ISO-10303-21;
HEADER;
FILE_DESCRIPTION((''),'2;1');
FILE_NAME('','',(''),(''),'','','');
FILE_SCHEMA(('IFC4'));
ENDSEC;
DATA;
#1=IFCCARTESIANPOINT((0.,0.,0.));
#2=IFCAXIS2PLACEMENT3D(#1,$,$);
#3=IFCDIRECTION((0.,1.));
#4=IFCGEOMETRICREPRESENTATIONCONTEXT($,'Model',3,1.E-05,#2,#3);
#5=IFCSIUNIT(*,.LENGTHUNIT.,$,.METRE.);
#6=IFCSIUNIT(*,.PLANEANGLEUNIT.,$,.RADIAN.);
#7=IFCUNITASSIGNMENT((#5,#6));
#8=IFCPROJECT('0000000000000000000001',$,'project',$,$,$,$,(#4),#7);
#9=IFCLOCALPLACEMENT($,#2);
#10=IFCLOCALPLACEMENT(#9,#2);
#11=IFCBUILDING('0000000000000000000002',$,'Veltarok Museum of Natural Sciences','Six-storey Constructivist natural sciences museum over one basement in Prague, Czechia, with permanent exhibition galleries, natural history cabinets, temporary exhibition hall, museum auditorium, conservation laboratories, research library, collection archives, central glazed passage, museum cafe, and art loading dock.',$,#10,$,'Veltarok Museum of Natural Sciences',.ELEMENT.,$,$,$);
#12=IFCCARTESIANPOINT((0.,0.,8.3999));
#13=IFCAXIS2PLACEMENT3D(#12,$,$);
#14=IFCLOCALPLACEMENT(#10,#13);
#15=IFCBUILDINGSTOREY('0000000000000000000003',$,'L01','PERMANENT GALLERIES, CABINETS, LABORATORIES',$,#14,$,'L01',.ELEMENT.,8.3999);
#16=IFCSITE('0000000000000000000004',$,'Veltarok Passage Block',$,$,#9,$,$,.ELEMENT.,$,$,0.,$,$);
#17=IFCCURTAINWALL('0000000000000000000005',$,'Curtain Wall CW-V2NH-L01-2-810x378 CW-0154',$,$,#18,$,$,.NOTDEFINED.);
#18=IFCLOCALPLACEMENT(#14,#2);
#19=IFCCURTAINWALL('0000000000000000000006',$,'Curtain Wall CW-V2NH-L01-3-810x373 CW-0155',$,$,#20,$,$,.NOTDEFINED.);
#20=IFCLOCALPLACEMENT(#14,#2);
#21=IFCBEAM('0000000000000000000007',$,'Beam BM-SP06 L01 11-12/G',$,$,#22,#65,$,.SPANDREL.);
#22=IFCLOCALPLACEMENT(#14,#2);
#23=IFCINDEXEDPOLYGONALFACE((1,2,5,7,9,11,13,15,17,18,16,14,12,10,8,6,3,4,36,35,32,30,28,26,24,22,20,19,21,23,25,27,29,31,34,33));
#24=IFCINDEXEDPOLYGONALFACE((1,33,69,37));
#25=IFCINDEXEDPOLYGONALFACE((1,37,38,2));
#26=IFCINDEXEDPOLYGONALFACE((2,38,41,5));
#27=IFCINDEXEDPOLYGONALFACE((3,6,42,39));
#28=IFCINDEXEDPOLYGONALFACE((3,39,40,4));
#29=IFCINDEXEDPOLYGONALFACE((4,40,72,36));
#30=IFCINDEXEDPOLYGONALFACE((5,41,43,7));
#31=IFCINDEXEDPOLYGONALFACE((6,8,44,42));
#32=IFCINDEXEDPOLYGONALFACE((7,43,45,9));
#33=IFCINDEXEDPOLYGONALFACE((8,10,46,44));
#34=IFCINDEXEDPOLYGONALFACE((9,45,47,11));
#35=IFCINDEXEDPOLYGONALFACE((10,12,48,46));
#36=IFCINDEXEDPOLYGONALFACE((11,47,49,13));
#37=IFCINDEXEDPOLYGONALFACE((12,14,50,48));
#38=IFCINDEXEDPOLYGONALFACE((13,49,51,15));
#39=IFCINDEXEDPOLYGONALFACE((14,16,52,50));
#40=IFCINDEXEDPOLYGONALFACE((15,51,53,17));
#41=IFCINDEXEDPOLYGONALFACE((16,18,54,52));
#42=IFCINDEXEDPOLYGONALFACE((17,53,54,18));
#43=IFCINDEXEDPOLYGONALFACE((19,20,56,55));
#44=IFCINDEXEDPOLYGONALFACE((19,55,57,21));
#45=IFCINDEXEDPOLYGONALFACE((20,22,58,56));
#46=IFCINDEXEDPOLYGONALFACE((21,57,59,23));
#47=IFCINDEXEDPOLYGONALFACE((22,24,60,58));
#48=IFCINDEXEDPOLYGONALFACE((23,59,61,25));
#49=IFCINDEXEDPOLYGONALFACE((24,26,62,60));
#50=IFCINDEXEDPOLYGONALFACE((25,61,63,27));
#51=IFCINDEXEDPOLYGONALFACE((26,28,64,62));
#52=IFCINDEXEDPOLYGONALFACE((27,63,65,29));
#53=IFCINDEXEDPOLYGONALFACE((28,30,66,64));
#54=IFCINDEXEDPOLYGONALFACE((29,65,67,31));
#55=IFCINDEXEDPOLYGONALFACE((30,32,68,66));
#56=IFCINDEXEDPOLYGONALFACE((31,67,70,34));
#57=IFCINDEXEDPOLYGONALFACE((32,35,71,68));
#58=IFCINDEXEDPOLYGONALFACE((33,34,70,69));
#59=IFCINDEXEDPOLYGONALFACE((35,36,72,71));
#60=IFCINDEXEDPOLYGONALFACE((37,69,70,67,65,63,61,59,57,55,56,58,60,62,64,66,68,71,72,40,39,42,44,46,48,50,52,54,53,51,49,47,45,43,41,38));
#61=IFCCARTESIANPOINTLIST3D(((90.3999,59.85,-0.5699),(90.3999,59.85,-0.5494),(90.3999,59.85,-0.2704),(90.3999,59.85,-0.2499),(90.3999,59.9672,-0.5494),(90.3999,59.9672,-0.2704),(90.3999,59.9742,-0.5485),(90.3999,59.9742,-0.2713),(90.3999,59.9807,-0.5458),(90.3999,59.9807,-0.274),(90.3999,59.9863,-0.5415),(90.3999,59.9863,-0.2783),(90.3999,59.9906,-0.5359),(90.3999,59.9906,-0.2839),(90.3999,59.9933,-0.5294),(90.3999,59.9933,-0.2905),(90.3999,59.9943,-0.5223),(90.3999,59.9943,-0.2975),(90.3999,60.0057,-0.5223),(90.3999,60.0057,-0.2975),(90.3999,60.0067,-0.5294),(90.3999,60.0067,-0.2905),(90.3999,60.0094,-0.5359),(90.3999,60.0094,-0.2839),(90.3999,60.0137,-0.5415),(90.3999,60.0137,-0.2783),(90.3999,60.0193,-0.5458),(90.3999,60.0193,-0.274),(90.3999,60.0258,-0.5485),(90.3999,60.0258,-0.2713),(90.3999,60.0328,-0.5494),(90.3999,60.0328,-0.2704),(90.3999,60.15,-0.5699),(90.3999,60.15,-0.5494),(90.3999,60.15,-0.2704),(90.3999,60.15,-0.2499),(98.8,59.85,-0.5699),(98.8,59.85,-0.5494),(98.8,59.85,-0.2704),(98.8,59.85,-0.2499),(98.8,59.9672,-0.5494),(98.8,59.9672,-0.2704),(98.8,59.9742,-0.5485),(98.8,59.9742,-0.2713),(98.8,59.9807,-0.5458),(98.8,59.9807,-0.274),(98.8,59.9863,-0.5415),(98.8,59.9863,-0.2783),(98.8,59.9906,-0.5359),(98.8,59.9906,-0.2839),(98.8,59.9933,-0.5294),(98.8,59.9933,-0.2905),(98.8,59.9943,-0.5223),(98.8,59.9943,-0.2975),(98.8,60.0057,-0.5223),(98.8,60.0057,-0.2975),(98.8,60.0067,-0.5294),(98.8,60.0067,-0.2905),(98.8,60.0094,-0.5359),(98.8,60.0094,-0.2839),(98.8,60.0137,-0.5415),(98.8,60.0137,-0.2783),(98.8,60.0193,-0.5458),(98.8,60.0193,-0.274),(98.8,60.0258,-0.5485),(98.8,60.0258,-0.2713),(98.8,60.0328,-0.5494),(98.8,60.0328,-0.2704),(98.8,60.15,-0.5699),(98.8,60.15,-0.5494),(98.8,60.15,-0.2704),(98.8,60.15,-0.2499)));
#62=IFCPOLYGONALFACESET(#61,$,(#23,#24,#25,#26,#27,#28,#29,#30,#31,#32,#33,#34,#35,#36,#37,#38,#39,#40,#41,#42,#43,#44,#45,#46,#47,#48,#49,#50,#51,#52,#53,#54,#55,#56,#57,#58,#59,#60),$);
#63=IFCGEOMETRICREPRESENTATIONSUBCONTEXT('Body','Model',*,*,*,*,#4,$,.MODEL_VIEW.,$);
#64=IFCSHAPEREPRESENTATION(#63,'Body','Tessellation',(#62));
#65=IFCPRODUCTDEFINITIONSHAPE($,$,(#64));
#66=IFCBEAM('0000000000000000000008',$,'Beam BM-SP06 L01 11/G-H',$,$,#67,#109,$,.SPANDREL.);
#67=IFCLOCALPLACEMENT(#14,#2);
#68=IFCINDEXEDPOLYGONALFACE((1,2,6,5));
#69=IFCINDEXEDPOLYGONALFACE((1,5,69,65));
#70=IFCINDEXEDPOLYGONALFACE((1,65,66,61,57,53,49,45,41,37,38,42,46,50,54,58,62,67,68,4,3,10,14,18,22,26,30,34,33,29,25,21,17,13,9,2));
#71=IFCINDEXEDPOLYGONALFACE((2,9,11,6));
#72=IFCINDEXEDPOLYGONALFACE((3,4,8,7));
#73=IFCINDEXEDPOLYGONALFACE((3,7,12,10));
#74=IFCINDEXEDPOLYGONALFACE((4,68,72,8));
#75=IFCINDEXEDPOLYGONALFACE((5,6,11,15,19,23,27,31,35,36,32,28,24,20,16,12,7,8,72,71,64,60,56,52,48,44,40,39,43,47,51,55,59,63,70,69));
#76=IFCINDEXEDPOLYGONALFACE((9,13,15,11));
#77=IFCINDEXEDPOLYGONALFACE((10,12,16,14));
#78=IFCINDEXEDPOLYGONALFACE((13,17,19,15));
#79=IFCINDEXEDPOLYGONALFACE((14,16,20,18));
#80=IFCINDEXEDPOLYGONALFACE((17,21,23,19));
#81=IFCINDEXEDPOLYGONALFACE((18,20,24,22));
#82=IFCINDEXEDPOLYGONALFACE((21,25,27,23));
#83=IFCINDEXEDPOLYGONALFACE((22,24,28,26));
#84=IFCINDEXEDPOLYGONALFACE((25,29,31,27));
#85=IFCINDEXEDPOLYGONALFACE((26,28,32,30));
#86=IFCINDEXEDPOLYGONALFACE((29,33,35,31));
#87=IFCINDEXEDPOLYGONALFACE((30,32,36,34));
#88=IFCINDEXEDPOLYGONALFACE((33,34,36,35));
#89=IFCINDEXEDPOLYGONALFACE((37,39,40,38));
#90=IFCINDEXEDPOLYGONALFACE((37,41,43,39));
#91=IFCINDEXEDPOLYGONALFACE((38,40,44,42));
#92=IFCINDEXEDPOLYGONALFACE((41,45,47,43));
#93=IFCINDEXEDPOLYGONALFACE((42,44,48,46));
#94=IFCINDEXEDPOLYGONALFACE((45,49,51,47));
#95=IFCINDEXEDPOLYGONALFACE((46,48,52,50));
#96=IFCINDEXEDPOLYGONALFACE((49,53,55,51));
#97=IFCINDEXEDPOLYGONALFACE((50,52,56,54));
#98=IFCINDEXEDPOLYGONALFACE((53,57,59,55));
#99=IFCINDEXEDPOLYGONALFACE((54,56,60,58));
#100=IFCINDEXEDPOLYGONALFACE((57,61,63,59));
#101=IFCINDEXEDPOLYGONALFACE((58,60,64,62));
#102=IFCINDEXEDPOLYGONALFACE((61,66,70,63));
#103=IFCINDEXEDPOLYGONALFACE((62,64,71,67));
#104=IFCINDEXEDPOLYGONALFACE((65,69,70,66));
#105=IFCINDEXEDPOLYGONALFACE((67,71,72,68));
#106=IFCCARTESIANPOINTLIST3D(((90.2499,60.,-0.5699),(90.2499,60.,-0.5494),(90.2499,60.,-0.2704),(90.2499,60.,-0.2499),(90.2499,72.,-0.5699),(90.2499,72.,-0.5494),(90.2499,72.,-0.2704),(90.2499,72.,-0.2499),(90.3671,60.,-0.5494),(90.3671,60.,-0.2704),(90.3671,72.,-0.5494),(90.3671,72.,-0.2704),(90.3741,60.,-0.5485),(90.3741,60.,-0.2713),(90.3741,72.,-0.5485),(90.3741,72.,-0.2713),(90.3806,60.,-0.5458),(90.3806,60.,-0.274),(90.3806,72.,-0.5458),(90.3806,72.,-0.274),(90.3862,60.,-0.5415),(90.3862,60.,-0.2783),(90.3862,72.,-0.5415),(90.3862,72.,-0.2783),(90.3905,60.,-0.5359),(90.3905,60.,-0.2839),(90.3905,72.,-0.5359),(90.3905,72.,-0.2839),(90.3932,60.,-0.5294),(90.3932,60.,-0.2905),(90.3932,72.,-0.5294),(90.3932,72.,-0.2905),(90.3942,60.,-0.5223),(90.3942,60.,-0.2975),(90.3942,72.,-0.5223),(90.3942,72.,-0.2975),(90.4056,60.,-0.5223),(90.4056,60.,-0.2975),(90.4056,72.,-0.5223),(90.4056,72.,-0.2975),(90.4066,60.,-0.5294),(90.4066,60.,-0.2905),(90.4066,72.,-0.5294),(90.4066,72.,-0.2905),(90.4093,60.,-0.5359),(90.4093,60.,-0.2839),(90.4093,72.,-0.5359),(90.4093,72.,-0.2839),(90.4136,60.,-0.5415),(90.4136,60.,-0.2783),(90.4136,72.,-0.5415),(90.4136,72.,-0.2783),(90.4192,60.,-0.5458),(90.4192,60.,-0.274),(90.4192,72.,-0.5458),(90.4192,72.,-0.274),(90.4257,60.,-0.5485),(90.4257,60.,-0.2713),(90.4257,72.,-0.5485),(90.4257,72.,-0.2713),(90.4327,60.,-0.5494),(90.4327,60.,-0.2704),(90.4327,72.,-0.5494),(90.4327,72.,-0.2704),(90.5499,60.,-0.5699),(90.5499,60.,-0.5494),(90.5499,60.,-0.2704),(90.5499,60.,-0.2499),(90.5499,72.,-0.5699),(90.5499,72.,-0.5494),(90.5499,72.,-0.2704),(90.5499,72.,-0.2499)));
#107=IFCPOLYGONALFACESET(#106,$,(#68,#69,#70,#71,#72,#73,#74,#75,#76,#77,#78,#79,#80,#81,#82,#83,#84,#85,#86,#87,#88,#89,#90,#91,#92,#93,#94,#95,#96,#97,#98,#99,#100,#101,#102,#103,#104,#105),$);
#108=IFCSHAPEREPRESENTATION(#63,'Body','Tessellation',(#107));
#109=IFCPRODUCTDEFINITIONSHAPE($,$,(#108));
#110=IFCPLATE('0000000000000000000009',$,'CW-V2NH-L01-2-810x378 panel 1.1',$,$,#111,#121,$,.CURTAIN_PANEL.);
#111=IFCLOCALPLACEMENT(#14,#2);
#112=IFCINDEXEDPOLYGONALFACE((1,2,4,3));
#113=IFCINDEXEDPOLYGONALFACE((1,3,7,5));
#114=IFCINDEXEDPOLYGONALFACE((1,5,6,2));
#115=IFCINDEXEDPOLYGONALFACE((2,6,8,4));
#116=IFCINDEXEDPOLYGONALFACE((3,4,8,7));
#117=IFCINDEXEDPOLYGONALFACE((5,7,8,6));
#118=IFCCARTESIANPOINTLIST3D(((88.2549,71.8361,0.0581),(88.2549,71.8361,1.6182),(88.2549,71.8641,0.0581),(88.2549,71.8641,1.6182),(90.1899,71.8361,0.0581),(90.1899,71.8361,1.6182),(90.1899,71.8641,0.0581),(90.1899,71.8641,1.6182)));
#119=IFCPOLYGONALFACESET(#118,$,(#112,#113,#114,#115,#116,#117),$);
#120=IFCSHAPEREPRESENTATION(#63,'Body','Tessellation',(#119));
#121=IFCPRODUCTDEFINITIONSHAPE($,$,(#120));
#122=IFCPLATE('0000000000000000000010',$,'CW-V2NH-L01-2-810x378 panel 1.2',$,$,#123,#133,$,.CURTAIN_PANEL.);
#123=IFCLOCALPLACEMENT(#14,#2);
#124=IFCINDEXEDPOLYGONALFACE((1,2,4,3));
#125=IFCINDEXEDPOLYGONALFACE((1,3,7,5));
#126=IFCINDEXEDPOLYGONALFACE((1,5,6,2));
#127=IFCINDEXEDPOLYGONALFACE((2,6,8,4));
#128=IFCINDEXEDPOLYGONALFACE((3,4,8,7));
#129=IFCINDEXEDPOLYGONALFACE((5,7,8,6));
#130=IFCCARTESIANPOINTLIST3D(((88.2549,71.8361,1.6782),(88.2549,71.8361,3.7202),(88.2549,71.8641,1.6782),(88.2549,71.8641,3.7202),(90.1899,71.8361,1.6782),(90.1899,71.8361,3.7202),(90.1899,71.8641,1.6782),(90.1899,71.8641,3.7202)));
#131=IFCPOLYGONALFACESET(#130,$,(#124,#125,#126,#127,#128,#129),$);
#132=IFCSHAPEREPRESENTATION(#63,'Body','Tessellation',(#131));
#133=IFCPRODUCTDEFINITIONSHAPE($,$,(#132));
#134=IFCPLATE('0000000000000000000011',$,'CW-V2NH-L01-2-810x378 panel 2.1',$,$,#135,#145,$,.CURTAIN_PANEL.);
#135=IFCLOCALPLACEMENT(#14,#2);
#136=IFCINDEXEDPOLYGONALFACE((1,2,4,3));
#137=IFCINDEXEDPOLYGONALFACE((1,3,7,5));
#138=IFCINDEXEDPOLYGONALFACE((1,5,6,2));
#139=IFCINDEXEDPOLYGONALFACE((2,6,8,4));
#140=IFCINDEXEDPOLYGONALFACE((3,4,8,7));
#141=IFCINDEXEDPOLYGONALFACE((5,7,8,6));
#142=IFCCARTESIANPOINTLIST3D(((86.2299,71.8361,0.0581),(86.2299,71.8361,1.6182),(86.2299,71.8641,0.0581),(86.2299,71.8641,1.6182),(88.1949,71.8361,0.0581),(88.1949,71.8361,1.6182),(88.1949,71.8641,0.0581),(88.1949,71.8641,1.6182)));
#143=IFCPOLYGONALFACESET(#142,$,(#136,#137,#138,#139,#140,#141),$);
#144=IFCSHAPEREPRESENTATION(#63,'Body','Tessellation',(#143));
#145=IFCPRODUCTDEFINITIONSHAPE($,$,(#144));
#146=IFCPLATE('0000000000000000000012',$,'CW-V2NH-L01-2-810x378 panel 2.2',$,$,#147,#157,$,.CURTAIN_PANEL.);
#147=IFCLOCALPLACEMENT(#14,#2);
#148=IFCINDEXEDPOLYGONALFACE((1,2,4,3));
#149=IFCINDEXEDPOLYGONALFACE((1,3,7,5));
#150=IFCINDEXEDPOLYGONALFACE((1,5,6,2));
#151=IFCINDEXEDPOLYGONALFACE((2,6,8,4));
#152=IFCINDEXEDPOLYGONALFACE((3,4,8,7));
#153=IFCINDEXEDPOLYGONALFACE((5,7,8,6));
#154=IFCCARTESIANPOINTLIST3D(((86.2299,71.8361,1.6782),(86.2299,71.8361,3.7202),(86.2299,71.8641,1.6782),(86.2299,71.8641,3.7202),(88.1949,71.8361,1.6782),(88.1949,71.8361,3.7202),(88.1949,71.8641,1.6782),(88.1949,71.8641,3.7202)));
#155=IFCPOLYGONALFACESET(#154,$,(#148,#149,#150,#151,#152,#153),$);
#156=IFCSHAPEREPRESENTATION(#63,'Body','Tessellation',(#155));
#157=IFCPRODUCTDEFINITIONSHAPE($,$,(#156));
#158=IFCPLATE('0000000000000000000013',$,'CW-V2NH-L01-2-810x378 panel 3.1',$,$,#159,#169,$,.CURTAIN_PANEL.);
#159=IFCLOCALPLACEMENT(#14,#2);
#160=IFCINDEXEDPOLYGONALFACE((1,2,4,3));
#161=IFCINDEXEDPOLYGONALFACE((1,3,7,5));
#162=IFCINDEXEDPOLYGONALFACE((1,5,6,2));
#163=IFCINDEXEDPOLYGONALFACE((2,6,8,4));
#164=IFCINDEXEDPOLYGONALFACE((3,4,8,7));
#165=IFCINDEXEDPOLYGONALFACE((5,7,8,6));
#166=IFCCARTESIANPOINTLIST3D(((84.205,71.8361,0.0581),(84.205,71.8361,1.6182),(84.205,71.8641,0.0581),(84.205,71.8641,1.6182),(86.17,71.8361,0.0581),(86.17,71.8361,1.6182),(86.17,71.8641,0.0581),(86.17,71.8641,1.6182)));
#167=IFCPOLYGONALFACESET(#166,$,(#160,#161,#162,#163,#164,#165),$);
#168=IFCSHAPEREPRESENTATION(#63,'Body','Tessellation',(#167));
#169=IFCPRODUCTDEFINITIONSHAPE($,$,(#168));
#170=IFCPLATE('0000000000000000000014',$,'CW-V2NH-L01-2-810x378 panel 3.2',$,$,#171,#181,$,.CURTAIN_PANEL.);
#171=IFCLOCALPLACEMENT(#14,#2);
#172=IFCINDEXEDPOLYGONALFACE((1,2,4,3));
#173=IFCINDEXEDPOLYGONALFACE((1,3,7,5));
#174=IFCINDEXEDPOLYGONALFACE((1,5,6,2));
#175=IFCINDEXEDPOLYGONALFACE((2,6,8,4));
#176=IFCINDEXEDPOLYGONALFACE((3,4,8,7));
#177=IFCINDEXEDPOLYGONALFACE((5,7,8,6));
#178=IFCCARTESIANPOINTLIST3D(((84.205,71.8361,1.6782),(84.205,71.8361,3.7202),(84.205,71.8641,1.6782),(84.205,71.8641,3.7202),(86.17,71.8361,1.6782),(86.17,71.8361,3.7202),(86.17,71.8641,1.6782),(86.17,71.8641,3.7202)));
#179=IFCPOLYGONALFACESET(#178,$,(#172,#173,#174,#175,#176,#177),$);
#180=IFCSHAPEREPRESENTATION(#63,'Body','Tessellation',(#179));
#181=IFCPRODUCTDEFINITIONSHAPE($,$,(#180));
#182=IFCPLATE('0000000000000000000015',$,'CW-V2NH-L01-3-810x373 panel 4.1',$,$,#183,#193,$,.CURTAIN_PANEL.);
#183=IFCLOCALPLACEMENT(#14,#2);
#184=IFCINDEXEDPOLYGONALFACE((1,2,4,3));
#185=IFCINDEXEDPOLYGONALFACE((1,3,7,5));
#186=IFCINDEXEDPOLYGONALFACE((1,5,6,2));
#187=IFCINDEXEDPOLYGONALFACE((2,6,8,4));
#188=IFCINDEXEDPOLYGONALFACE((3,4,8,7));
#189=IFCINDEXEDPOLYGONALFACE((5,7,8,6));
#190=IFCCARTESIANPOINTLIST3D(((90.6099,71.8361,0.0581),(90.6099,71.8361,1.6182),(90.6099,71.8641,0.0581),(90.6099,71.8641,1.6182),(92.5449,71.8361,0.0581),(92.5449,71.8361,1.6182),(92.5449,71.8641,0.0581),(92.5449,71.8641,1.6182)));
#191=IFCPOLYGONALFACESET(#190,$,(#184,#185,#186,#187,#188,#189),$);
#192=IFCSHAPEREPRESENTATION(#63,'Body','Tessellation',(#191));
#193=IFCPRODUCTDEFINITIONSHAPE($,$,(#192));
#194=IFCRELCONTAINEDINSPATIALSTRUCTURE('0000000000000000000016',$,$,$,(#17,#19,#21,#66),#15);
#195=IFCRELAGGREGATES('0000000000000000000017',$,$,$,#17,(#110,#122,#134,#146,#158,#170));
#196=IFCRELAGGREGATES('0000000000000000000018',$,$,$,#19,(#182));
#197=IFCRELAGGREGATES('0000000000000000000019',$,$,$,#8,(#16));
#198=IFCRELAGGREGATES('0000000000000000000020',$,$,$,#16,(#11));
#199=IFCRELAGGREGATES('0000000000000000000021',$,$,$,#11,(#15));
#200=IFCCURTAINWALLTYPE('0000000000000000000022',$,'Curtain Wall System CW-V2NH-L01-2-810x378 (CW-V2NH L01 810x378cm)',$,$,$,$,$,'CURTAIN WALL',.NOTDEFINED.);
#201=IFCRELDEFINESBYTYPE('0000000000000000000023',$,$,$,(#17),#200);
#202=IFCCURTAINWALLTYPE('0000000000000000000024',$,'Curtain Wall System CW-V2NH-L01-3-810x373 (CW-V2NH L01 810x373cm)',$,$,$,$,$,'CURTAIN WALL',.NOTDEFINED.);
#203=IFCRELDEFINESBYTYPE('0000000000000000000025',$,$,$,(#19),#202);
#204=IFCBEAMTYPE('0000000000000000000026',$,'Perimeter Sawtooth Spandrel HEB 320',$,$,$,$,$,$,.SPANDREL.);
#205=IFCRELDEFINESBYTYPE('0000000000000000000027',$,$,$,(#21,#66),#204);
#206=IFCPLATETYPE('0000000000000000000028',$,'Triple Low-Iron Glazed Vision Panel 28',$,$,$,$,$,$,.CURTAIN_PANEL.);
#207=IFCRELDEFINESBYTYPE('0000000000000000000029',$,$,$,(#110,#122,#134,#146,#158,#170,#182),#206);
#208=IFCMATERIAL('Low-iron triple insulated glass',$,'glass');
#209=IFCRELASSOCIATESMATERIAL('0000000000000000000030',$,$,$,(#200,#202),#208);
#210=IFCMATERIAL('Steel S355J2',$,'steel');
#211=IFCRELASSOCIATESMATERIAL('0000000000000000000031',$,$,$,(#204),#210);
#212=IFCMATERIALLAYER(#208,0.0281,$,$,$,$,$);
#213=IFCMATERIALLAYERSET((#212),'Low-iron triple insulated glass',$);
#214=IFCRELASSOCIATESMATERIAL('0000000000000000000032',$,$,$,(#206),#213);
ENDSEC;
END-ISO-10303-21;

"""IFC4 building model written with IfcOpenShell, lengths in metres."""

from ifc_helpers import new_model, si_unit, direction, frame, origin, origin_2d, place, context, subcontext, project, spatial, rectangle, i_section, extrude, material, layer, layer_set, material_profile, profile_set, type_object, element, aggregate, save


model = new_model("IFC4")

# Units and contexts
model_context = context("Model", 3, precision=1e-05, world=origin(), true_north=direction((0.0, 1.0)))
body_context = subcontext(model_context, "Body", "Model", "MODEL_VIEW")
ifc_project = project(units=[si_unit("LENGTHUNIT", "METRE"), si_unit("PLANEANGLEUNIT", "RADIAN")], contexts=[model_context])

# Site, building, storey
site_placement = place(None, origin())
site = spatial("IfcSite", under=ifc_project, at=site_placement, Name="Veltarok Passage Block", CompositionType="ELEMENT", RefElevation=0.0)
building_placement = place(site_placement, origin())
building = spatial("IfcBuilding", under=site, at=building_placement, Name="Veltarok Museum of Natural Sciences", Description="Six-storey Constructivist natural sciences museum over one basement in Prague, Czechia, with permanent exhibition galleries, natural history cabinets, temporary exhibition hall, museum auditorium, conservation laboratories, research library, collection archives, central glazed passage, museum cafe, and art loading dock.", LongName="Veltarok Museum of Natural Sciences", CompositionType="ELEMENT")
storey_placement = place(building_placement, frame((0.0, 0.0, 8.3999)))
storey = spatial("IfcBuildingStorey", under=building, at=storey_placement, Name="L01", Description="PERMANENT GALLERIES, CABINETS, LABORATORIES", LongName="L01", CompositionType="ELEMENT", Elevation=8.3999)

# Shared definitions
ifc_material_1 = material(Name="Steel S355J2", Category="steel")

# Curtain walls
ifc_material_2 = material(Name="Low-iron triple insulated glass", Category="glass")
curtain_wall_type_1 = type_object("IfcCurtainWallType", Name="Curtain Wall System CW-V2NH-L01-2-810x378 (CW-V2NH L01 810x378cm)", ElementType="CURTAIN WALL", PredefinedType="NOTDEFINED", material=ifc_material_2)
curtain_wall_1_placement = place(storey_placement, origin())
curtain_wall_1 = element("IfcCurtainWall", 1, at=curtain_wall_1_placement, inside=storey, type_object=curtain_wall_type_1, Name="Curtain Wall CW-V2NH-L01-2-810x378 CW-0154", PredefinedType="NOTDEFINED")
curtain_wall_type_2 = type_object("IfcCurtainWallType", Name="Curtain Wall System CW-V2NH-L01-3-810x373 (CW-V2NH L01 810x373cm)", ElementType="CURTAIN WALL", PredefinedType="NOTDEFINED", material=ifc_material_2)
curtain_wall_2_placement = place(storey_placement, origin())
curtain_wall_2 = element("IfcCurtainWall", 2, at=curtain_wall_2_placement, inside=storey, type_object=curtain_wall_type_2, Name="Curtain Wall CW-V2NH-L01-3-810x373 CW-0155", PredefinedType="NOTDEFINED")

# Beams
ifc_material_profile_1 = material_profile(ifc_material_1, i_section(OverallWidth=0.3, OverallDepth=0.3201, WebThickness=0.0115, FlangeThickness=0.0205, FilletRadius=0.0271, at=origin_2d()), Name="HEB 320")
ifc_profile_set_1 = profile_set([ifc_material_profile_1], Name="Steel S355J2")
beam_type_1 = type_object("IfcBeamType", Name="Perimeter Sawtooth Spandrel HEB 320", PredefinedType="SPANDREL", material=ifc_profile_set_1)
for number, where, z_axis, x_axis, name in (
    (3, (90.3999, 60.0, -0.4099), (1.0, 0.0, 0.0), (0.0, 1.0, 0.0), "Beam BM-SP06 L01 11-12/G"),
):
    element("IfcBeam", number, at=place(storey_placement, frame(where, z_axis=z_axis, x_axis=x_axis)), inside=storey, type_object=beam_type_1, Name=name, PredefinedType="SPANDREL", context=body_context, shape_type="SweptSolid", body=[
        extrude(i_section(OverallWidth=0.3, OverallDepth=0.3201, WebThickness=0.0115, FlangeThickness=0.0205, FilletRadius=0.0271, at=origin_2d()), origin(), (0.0, 0.0, 1.0), 8.4001),
    ])
beam_1_placement = place(storey_placement, frame((90.3999, 60.0, -0.4099), z_axis=(0.0, 1.0, 0.0), x_axis=(-1.0, 0.0, 0.0)))
element("IfcBeam", 4, at=beam_1_placement, inside=storey, type_object=beam_type_1, Name="Beam BM-SP06 L01 11/G-H", PredefinedType="SPANDREL", context=body_context, shape_type="SweptSolid", body=[
    extrude(i_section(OverallWidth=0.3, OverallDepth=0.3201, WebThickness=0.0115, FlangeThickness=0.0205, FilletRadius=0.0271, at=origin_2d()), origin(), (0.0, 0.0, 1.0), 12.0),
])

# Plates
ifc_layer = layer(ifc_material_2, 0.0281)
ifc_layer_set = layer_set([ifc_layer], Name="Low-iron triple insulated glass")
plate_type = type_object("IfcPlateType", Name="Triple Low-Iron Glazed Vision Panel 28", PredefinedType="CURTAIN_PANEL", material=ifc_layer_set)
plate_1_placement = place(storey_placement, frame((89.2224, 71.8501, 0.0581), z_axis=(0.0, 0.0, 1.0), x_axis=(-1.0, 0.0, 0.0)))
plate_1 = element("IfcPlate", 5, at=plate_1_placement, type_object=plate_type, Name="CW-V2NH-L01-2-810x378 panel 1.1", PredefinedType="CURTAIN_PANEL", context=body_context, shape_type="SweptSolid", body=[
    extrude(rectangle(XDim=1.9351, YDim=0.0281, at=origin_2d()), origin(), (0.0, 0.0, 1.0), 1.5601),
])
plate_2_placement = place(storey_placement, frame((89.2224, 71.8501, 1.6782), z_axis=(0.0, 0.0, 1.0), x_axis=(-1.0, 0.0, 0.0)))
plate_2 = element("IfcPlate", 6, at=plate_2_placement, type_object=plate_type, Name="CW-V2NH-L01-2-810x378 panel 1.2", PredefinedType="CURTAIN_PANEL", context=body_context, shape_type="SweptSolid", body=[
    extrude(rectangle(XDim=1.9351, YDim=0.0281, at=origin_2d()), origin(), (0.0, 0.0, 1.0), 2.042),
])
plate_3_placement = place(storey_placement, frame((87.2124, 71.8501, 0.0581), z_axis=(0.0, 0.0, 1.0), x_axis=(-1.0, 0.0, 0.0)))
plate_3 = element("IfcPlate", 7, at=plate_3_placement, type_object=plate_type, Name="CW-V2NH-L01-2-810x378 panel 2.1", PredefinedType="CURTAIN_PANEL", context=body_context, shape_type="SweptSolid", body=[
    extrude(rectangle(XDim=1.9651, YDim=0.0281, at=origin_2d()), origin(), (0.0, 0.0, 1.0), 1.5601),
])
plate_4_placement = place(storey_placement, frame((87.2124, 71.8501, 1.6782), z_axis=(0.0, 0.0, 1.0), x_axis=(-1.0, 0.0, 0.0)))
plate_4 = element("IfcPlate", 8, at=plate_4_placement, type_object=plate_type, Name="CW-V2NH-L01-2-810x378 panel 2.2", PredefinedType="CURTAIN_PANEL", context=body_context, shape_type="SweptSolid", body=[
    extrude(rectangle(XDim=1.9651, YDim=0.0281, at=origin_2d()), origin(), (0.0, 0.0, 1.0), 2.042),
])
plate_5_placement = place(storey_placement, frame((85.1875, 71.8501, 0.0581), z_axis=(0.0, 0.0, 1.0), x_axis=(-1.0, 0.0, 0.0)))
plate_5 = element("IfcPlate", 9, at=plate_5_placement, type_object=plate_type, Name="CW-V2NH-L01-2-810x378 panel 3.1", PredefinedType="CURTAIN_PANEL", context=body_context, shape_type="SweptSolid", body=[
    extrude(rectangle(XDim=1.9651, YDim=0.0281, at=origin_2d()), origin(), (0.0, 0.0, 1.0), 1.5601),
])
plate_6_placement = place(storey_placement, frame((85.1875, 71.8501, 1.6782), z_axis=(0.0, 0.0, 1.0), x_axis=(-1.0, 0.0, 0.0)))
plate_6 = element("IfcPlate", 10, at=plate_6_placement, type_object=plate_type, Name="CW-V2NH-L01-2-810x378 panel 3.2", PredefinedType="CURTAIN_PANEL", context=body_context, shape_type="SweptSolid", body=[
    extrude(rectangle(XDim=1.9651, YDim=0.0281, at=origin_2d()), origin(), (0.0, 0.0, 1.0), 2.042),
])
aggregate(curtain_wall_1, [plate_1, plate_2, plate_3, plate_4, plate_5, plate_6])
plate_7_placement = place(storey_placement, frame((91.5774, 71.8501, 0.0581), z_axis=(0.0, 0.0, 1.0), x_axis=(-1.0, 0.0, 0.0)))
plate_7 = element("IfcPlate", 11, at=plate_7_placement, type_object=plate_type, Name="CW-V2NH-L01-3-810x373 panel 4.1", PredefinedType="CURTAIN_PANEL", context=body_context, shape_type="SweptSolid", body=[
    extrude(rectangle(XDim=1.9351, YDim=0.0281, at=origin_2d()), origin(), (0.0, 0.0, 1.0), 1.5601),
])
aggregate(curtain_wall_2, [plate_7])

save(model, "model.ifc")
